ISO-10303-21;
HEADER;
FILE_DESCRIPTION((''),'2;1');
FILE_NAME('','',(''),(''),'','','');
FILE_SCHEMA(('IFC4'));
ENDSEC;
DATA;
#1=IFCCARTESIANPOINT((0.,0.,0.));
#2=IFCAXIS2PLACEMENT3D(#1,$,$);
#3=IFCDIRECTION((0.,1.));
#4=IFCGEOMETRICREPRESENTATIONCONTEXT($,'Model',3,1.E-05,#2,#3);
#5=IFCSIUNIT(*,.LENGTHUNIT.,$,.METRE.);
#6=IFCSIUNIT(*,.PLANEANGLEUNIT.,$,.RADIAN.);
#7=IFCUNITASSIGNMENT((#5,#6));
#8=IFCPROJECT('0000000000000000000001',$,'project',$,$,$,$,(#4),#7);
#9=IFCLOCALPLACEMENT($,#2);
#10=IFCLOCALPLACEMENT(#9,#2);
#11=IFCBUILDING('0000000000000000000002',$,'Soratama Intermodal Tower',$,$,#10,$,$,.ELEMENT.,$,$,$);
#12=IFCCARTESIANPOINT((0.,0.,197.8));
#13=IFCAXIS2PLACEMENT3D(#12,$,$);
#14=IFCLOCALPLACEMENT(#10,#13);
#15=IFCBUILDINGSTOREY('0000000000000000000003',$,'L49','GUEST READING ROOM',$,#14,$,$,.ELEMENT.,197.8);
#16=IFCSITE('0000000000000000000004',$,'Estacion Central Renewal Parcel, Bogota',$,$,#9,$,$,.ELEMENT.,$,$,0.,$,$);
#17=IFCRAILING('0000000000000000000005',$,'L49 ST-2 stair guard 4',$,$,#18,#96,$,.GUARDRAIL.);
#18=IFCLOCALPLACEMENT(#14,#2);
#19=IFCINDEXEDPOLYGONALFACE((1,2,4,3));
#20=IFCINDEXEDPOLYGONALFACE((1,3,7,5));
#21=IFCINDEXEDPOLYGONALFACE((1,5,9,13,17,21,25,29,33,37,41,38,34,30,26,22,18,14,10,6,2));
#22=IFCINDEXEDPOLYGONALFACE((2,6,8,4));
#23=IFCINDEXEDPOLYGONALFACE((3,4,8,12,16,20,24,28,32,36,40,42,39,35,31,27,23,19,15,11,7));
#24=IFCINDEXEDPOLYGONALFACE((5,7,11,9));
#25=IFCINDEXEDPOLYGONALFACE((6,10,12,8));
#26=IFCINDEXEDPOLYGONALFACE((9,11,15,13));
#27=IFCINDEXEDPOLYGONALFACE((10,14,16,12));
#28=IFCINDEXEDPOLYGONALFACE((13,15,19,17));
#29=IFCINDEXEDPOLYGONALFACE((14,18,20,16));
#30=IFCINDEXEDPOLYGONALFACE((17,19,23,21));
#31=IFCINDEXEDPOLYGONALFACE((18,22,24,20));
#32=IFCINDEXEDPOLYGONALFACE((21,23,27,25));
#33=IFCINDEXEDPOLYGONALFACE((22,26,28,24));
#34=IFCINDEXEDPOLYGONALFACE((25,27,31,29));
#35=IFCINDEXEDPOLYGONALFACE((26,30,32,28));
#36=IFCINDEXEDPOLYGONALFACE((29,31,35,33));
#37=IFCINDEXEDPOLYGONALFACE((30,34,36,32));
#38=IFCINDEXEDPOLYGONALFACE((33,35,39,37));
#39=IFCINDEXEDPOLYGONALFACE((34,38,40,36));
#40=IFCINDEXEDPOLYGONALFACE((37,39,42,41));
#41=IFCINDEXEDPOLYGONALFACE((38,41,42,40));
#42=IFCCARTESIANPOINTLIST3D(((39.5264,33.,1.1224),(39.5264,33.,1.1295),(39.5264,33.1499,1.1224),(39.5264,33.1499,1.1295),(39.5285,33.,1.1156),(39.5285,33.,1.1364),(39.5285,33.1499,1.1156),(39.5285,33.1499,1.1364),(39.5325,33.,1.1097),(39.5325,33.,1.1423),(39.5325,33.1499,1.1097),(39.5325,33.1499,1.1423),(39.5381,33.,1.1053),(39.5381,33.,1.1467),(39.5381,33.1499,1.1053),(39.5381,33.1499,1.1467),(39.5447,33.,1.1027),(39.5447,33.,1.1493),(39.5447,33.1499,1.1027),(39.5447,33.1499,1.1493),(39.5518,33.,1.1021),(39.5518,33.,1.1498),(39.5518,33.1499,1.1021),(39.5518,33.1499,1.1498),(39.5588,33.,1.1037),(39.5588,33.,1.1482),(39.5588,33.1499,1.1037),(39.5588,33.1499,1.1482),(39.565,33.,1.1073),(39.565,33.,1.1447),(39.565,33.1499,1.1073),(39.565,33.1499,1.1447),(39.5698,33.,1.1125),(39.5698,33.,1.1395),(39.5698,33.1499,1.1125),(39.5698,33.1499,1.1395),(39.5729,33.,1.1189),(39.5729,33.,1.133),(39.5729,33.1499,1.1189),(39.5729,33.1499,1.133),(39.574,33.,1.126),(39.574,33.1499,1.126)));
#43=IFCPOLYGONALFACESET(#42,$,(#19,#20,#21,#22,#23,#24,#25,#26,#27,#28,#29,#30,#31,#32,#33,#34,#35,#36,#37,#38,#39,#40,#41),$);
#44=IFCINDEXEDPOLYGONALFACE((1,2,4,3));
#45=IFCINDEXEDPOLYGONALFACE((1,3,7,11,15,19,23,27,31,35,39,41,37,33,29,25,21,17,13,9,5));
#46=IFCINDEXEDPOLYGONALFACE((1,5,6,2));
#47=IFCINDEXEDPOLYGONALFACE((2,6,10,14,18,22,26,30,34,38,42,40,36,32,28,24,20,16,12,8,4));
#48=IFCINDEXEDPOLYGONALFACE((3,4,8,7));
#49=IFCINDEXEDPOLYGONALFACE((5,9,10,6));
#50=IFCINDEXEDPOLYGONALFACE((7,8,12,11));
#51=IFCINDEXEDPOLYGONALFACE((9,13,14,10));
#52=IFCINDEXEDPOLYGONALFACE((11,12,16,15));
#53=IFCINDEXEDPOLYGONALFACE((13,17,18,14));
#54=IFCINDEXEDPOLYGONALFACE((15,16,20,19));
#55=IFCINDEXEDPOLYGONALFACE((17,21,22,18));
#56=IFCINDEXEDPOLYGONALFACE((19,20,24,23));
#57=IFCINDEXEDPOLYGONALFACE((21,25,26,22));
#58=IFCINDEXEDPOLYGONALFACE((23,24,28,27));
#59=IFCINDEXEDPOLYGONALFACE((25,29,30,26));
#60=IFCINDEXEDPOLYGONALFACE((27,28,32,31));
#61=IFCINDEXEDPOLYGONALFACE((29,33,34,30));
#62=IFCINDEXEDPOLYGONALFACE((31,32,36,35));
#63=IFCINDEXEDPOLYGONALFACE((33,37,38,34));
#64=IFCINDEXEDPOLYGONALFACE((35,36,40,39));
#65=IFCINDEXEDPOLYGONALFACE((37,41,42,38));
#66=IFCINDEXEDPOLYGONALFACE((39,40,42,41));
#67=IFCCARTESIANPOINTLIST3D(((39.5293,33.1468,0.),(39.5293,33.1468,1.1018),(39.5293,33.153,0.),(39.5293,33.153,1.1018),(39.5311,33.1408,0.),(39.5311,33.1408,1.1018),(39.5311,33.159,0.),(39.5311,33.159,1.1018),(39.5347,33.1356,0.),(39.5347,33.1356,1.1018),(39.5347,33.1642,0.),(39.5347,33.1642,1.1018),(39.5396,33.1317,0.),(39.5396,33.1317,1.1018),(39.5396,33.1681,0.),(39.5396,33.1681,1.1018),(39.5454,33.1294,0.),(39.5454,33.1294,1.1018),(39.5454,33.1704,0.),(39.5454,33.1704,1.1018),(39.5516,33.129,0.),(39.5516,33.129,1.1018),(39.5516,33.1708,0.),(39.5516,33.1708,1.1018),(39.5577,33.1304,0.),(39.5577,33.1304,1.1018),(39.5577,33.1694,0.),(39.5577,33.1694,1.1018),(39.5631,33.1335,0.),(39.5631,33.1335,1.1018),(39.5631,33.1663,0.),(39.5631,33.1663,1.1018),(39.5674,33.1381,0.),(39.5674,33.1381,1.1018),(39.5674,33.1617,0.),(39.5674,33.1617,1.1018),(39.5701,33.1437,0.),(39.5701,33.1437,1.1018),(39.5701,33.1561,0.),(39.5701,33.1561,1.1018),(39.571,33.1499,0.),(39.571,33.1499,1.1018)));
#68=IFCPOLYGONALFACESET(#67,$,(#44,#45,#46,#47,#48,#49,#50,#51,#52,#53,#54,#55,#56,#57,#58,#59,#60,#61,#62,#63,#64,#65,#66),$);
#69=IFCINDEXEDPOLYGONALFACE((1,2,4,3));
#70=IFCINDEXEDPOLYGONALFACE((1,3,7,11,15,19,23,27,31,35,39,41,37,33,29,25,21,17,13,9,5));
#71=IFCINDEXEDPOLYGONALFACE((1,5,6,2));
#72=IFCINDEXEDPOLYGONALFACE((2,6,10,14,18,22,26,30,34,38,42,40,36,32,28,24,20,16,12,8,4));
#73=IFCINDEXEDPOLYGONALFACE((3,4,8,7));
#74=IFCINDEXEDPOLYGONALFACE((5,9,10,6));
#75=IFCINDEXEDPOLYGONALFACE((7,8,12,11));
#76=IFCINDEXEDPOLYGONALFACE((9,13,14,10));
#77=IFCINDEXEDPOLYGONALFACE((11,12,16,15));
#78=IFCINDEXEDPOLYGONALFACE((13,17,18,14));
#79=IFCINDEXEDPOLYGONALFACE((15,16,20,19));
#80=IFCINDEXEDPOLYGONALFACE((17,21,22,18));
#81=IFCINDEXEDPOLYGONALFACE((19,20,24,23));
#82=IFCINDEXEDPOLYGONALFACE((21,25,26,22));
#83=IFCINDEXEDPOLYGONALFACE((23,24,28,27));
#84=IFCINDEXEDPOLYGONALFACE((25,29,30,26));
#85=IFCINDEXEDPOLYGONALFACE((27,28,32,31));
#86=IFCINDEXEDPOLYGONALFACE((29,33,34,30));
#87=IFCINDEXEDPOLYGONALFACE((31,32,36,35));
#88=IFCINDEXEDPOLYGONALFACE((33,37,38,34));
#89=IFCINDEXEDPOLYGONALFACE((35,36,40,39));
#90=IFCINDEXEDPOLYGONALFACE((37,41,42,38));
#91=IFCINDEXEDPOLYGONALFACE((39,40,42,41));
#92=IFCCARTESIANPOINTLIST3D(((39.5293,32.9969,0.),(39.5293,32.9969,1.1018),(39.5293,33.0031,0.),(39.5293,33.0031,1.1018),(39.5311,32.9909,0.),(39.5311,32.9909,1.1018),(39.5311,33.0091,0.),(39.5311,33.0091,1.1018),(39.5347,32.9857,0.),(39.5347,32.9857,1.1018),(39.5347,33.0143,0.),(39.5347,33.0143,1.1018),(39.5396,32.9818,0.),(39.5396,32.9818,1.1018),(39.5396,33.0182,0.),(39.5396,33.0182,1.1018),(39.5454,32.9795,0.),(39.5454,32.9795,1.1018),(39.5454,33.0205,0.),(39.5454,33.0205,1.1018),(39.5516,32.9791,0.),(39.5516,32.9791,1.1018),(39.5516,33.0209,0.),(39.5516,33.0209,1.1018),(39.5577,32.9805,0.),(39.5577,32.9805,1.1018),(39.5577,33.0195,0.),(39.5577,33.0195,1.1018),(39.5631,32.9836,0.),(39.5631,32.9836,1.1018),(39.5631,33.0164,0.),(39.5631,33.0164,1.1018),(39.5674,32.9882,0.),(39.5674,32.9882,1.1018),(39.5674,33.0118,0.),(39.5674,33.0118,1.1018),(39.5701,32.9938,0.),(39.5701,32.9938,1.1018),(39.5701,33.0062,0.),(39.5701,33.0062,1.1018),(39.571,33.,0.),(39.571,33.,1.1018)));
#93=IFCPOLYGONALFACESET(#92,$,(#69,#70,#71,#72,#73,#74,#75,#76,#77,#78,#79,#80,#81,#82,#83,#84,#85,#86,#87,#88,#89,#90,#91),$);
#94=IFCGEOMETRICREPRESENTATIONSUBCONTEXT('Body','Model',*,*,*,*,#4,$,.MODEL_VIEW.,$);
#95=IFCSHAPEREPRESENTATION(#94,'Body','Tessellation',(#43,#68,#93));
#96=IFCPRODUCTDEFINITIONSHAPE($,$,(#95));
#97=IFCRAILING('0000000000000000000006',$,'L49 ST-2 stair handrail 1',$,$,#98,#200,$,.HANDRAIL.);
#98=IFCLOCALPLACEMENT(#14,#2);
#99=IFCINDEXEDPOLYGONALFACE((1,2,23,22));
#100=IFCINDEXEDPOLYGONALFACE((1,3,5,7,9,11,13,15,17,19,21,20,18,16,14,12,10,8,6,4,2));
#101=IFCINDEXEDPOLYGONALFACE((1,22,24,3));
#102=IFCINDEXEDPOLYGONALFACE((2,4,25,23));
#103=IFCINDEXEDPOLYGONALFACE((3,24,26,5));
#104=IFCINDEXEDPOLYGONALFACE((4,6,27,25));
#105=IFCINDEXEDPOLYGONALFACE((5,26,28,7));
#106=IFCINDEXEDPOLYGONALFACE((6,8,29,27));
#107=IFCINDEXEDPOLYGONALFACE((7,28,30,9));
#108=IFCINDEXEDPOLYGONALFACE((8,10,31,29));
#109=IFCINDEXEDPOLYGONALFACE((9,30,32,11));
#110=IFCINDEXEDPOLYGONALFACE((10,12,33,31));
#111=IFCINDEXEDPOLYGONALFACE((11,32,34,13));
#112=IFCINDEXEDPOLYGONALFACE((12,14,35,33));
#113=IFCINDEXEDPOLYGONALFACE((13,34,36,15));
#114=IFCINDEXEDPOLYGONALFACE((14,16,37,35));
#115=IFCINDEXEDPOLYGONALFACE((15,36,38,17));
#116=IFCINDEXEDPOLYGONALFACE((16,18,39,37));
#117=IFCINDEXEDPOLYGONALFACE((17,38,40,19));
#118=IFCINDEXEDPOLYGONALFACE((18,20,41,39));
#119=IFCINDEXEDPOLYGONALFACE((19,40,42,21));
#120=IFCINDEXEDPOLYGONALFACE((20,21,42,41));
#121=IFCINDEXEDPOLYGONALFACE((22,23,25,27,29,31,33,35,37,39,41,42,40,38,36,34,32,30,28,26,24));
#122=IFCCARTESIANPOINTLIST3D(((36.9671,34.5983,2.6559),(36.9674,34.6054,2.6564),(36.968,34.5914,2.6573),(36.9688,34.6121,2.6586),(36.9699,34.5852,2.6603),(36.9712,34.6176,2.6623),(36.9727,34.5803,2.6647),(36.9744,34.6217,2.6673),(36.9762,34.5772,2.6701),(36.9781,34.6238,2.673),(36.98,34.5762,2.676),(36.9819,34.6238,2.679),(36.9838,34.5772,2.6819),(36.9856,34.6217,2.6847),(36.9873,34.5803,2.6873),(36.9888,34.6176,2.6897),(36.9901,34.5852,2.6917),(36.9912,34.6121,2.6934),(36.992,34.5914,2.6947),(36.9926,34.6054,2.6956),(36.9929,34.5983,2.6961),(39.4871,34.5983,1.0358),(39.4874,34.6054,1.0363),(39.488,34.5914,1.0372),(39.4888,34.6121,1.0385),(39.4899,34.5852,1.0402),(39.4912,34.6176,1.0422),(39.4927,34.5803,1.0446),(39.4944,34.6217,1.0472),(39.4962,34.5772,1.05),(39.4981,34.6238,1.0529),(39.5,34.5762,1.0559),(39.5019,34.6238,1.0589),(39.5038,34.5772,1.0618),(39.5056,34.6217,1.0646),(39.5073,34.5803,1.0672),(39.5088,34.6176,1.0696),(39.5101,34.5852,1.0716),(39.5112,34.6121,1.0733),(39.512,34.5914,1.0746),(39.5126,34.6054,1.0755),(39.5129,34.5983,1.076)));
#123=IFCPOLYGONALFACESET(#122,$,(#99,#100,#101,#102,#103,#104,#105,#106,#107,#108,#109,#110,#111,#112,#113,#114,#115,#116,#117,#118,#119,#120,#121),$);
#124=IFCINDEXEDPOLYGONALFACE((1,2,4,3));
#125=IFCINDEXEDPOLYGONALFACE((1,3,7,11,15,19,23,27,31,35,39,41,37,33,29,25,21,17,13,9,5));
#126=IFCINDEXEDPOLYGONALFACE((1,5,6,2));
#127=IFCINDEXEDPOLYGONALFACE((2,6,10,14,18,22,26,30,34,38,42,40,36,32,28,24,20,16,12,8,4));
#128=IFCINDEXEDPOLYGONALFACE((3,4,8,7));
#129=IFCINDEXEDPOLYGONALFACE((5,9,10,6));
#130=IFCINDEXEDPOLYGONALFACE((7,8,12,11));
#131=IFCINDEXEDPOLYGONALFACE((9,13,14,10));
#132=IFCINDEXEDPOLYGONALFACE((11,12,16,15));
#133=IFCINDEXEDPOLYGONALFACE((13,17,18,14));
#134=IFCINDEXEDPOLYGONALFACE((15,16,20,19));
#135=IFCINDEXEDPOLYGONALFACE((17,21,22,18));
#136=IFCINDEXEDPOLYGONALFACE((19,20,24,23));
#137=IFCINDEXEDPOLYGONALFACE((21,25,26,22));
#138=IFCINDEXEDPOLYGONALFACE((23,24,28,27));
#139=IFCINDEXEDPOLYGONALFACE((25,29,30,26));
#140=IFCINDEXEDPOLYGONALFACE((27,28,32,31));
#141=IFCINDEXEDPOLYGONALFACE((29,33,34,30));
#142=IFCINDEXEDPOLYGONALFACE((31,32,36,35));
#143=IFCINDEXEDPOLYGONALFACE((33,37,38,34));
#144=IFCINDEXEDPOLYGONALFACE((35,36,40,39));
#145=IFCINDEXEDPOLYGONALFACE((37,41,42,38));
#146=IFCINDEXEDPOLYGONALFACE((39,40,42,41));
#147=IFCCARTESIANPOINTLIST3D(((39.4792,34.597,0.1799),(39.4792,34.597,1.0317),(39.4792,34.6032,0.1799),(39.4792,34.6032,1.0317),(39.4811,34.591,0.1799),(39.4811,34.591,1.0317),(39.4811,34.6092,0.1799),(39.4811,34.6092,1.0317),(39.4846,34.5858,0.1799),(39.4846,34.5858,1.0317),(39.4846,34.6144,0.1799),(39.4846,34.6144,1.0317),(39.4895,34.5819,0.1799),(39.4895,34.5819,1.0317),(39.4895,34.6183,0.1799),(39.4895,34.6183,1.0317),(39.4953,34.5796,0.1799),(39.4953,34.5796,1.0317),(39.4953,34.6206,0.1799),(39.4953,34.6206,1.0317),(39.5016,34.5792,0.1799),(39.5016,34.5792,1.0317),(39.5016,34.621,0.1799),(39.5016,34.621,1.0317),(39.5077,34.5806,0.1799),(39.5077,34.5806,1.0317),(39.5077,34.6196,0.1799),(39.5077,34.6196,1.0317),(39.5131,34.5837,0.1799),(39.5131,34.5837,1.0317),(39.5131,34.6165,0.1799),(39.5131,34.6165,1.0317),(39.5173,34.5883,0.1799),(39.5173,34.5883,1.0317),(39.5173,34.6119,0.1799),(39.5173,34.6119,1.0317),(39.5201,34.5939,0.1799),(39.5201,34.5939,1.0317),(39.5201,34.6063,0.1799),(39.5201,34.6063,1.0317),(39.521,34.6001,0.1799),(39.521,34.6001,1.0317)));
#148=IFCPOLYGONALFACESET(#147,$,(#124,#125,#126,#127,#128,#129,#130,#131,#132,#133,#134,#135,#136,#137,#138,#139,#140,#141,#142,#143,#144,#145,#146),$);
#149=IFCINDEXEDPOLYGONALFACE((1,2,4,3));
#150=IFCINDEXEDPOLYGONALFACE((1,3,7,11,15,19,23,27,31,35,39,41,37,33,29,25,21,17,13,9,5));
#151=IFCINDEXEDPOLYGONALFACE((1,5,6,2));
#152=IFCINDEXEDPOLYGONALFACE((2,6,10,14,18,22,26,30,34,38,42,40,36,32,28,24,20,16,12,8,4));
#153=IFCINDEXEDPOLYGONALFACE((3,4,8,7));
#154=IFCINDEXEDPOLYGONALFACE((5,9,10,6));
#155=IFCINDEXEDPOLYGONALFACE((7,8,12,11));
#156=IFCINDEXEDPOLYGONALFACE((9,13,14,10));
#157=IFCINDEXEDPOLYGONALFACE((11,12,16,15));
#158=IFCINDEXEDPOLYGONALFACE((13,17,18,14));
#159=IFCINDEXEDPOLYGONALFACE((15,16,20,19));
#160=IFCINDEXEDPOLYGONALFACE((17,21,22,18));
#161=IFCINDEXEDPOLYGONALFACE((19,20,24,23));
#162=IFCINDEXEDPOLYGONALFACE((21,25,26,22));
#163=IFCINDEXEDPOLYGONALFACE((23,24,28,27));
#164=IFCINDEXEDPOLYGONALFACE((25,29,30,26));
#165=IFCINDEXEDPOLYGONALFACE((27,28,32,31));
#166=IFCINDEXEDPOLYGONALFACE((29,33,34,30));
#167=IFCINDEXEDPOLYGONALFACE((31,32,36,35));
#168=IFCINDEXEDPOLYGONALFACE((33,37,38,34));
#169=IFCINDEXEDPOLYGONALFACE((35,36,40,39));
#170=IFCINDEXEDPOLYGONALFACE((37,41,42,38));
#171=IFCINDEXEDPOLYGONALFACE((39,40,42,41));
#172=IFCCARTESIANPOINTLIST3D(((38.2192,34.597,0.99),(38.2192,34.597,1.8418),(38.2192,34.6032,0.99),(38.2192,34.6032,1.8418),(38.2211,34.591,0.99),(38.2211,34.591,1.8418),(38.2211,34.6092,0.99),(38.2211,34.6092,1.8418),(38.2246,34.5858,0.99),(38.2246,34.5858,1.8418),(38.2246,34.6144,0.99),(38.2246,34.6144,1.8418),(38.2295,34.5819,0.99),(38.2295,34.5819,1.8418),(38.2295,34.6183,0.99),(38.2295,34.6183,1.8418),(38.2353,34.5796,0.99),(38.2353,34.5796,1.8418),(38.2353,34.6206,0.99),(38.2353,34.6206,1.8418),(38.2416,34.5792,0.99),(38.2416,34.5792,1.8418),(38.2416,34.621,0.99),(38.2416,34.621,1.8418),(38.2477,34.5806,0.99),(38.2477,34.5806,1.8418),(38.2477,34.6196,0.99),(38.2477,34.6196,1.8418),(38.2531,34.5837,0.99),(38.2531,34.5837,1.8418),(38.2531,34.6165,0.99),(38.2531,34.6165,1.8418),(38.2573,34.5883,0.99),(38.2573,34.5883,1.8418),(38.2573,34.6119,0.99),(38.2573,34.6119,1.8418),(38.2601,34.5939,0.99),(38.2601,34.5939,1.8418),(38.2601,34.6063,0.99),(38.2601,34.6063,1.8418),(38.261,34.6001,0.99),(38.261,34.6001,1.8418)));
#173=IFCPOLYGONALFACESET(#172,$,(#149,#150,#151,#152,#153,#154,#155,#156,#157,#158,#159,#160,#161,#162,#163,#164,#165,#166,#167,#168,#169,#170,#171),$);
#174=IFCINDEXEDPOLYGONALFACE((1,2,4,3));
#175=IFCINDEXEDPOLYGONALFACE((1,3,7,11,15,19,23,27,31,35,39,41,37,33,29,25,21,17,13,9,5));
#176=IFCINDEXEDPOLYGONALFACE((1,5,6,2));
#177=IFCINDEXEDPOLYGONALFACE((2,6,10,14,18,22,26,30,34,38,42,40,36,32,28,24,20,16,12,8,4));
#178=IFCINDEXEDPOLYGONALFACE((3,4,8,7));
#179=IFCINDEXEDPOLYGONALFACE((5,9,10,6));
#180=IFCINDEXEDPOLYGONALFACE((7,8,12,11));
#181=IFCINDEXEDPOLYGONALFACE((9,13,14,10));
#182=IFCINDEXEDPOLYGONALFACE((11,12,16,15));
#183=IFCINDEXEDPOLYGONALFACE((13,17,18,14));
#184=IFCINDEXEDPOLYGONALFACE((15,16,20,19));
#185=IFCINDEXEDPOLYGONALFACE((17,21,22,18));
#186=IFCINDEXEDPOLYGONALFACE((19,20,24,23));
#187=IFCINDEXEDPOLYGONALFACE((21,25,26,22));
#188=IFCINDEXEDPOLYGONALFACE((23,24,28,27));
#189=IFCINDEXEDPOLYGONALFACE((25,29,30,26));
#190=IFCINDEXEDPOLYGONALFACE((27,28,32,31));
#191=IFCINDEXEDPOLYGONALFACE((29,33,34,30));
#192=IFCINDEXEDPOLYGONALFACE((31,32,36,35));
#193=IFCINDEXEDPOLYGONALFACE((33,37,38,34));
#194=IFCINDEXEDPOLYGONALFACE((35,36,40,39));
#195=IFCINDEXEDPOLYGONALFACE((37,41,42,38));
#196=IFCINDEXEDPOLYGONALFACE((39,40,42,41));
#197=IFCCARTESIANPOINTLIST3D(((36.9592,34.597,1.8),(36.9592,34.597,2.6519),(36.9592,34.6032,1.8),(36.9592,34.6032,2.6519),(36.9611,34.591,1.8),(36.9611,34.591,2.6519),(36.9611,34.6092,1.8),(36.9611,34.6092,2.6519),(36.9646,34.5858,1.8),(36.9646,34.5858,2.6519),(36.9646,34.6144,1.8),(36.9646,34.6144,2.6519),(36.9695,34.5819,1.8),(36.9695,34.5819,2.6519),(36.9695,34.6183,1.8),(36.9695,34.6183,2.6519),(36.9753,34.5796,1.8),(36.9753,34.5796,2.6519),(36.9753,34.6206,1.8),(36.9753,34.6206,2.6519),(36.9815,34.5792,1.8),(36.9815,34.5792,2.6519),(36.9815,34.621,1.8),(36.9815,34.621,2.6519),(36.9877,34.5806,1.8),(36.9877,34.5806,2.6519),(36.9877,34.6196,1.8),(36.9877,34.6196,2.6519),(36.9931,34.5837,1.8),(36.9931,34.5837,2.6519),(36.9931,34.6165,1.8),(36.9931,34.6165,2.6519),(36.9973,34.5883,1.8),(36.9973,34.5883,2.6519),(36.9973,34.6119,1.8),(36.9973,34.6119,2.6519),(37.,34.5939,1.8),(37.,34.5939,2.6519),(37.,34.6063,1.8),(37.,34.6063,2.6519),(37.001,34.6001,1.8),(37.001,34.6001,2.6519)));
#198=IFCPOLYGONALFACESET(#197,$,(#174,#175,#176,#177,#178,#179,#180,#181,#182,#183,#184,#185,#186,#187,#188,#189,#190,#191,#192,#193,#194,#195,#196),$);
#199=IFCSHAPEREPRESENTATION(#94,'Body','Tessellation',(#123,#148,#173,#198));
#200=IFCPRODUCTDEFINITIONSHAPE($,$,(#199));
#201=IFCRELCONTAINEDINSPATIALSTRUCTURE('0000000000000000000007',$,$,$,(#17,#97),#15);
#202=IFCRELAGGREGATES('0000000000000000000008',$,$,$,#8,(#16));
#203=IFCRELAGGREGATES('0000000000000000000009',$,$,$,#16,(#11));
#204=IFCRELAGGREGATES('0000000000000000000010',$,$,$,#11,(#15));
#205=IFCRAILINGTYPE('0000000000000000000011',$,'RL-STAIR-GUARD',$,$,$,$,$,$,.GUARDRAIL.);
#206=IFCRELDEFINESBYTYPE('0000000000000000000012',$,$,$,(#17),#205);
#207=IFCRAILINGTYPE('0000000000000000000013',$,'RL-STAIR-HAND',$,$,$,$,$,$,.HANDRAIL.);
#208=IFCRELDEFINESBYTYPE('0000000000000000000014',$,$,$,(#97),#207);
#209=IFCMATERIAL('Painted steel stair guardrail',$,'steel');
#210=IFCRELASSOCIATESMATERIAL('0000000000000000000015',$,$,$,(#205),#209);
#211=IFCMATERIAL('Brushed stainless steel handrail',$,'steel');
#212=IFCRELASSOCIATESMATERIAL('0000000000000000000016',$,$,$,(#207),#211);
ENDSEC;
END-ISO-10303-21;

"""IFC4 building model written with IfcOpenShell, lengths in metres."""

from ifc_helpers import new_model, si_unit, direction, frame, origin, origin_2d, place, context, subcontext, project, spatial, circle, extrude, material, type_object, element, save


model = new_model("IFC4")

# Units and contexts
model_context = context("Model", 3, precision=1e-05, world=origin(), true_north=direction((0.0, 1.0)))
body_context = subcontext(model_context, "Body", "Model", "MODEL_VIEW")
ifc_project = project(units=[si_unit("LENGTHUNIT", "METRE"), si_unit("PLANEANGLEUNIT", "RADIAN")], contexts=[model_context])

# Site, building, storey
site_placement = place(None, origin())
site = spatial("IfcSite", under=ifc_project, at=site_placement, Name="Estacion Central Renewal Parcel, Bogota", CompositionType="ELEMENT", RefElevation=0.0)
building_placement = place(site_placement, origin())
building = spatial("IfcBuilding", under=site, at=building_placement, Name="Soratama Intermodal Tower", CompositionType="ELEMENT")
storey_placement = place(building_placement, frame((0.0, 0.0, 197.8)))
storey = spatial("IfcBuildingStorey", under=building, at=storey_placement, Name="L49", Description="GUEST READING ROOM", CompositionType="ELEMENT", Elevation=197.8)

# Railings
ifc_material_1 = material(Name="Painted steel stair guardrail", Category="steel")
railing_type_1 = type_object("IfcRailingType", Name="RL-STAIR-GUARD", PredefinedType="GUARDRAIL", material=ifc_material_1)
railing_1_placement = place(storey_placement, frame((39.55, 33.1499, 0.0)))
element("IfcRailing", 1, at=railing_1_placement, inside=storey, type_object=railing_type_1, Name="L49 ST-2 stair guard 4", PredefinedType="GUARDRAIL", context=body_context, shape_type="SweptSolid", body=[
    extrude(circle(Radius=0.0239, at=origin_2d()), frame((0.0, 0.0, 1.126), z_axis=(0.0, -1.0, 0.0), x_axis=(1.0, 0.0, 0.0)), (0.0, 0.0, 1.0), 0.1499),
    extrude(circle(Radius=0.021, at=origin_2d()), origin(), (0.0, 0.0, 1.0), 1.1018),
    extrude(circle(Radius=0.021, at=origin_2d()), frame((0.0, -0.1499, 0.0)), (0.0, 0.0, 1.0), 1.1018),
])
ifc_material_2 = material(Name="Brushed stainless steel handrail", Category="steel")
railing_type_2 = type_object("IfcRailingType", Name="RL-STAIR-HAND", PredefinedType="HANDRAIL", material=ifc_material_2)
railing_2_placement = place(storey_placement, frame((39.5, 34.6001, 0.1799)))
element("IfcRailing", 2, at=railing_2_placement, inside=storey, type_object=railing_type_2, Name="L49 ST-2 stair handrail 1", PredefinedType="HANDRAIL", context=body_context, shape_type="SweptSolid", body=[
    extrude(circle(Radius=0.0239, at=origin_2d()), frame((0.0, 0.0, 0.876), z_axis=(-0.841163, 0.0, 0.540782), x_axis=(0.0, -1.0, 0.0)), (0.0, 0.0, 1.0), 2.9958),
    extrude(circle(Radius=0.021, at=origin_2d()), origin(), (0.0, 0.0, 1.0), 0.8518),
    extrude(circle(Radius=0.021, at=origin_2d()), frame((-1.26, 0.0, 0.8101)), (0.0, 0.0, 1.0), 0.8518),
    extrude(circle(Radius=0.021, at=origin_2d()), frame((-2.52, 0.0, 1.6201)), (0.0, 0.0, 1.0), 0.8518),
])

save(model, "model.ifc")
